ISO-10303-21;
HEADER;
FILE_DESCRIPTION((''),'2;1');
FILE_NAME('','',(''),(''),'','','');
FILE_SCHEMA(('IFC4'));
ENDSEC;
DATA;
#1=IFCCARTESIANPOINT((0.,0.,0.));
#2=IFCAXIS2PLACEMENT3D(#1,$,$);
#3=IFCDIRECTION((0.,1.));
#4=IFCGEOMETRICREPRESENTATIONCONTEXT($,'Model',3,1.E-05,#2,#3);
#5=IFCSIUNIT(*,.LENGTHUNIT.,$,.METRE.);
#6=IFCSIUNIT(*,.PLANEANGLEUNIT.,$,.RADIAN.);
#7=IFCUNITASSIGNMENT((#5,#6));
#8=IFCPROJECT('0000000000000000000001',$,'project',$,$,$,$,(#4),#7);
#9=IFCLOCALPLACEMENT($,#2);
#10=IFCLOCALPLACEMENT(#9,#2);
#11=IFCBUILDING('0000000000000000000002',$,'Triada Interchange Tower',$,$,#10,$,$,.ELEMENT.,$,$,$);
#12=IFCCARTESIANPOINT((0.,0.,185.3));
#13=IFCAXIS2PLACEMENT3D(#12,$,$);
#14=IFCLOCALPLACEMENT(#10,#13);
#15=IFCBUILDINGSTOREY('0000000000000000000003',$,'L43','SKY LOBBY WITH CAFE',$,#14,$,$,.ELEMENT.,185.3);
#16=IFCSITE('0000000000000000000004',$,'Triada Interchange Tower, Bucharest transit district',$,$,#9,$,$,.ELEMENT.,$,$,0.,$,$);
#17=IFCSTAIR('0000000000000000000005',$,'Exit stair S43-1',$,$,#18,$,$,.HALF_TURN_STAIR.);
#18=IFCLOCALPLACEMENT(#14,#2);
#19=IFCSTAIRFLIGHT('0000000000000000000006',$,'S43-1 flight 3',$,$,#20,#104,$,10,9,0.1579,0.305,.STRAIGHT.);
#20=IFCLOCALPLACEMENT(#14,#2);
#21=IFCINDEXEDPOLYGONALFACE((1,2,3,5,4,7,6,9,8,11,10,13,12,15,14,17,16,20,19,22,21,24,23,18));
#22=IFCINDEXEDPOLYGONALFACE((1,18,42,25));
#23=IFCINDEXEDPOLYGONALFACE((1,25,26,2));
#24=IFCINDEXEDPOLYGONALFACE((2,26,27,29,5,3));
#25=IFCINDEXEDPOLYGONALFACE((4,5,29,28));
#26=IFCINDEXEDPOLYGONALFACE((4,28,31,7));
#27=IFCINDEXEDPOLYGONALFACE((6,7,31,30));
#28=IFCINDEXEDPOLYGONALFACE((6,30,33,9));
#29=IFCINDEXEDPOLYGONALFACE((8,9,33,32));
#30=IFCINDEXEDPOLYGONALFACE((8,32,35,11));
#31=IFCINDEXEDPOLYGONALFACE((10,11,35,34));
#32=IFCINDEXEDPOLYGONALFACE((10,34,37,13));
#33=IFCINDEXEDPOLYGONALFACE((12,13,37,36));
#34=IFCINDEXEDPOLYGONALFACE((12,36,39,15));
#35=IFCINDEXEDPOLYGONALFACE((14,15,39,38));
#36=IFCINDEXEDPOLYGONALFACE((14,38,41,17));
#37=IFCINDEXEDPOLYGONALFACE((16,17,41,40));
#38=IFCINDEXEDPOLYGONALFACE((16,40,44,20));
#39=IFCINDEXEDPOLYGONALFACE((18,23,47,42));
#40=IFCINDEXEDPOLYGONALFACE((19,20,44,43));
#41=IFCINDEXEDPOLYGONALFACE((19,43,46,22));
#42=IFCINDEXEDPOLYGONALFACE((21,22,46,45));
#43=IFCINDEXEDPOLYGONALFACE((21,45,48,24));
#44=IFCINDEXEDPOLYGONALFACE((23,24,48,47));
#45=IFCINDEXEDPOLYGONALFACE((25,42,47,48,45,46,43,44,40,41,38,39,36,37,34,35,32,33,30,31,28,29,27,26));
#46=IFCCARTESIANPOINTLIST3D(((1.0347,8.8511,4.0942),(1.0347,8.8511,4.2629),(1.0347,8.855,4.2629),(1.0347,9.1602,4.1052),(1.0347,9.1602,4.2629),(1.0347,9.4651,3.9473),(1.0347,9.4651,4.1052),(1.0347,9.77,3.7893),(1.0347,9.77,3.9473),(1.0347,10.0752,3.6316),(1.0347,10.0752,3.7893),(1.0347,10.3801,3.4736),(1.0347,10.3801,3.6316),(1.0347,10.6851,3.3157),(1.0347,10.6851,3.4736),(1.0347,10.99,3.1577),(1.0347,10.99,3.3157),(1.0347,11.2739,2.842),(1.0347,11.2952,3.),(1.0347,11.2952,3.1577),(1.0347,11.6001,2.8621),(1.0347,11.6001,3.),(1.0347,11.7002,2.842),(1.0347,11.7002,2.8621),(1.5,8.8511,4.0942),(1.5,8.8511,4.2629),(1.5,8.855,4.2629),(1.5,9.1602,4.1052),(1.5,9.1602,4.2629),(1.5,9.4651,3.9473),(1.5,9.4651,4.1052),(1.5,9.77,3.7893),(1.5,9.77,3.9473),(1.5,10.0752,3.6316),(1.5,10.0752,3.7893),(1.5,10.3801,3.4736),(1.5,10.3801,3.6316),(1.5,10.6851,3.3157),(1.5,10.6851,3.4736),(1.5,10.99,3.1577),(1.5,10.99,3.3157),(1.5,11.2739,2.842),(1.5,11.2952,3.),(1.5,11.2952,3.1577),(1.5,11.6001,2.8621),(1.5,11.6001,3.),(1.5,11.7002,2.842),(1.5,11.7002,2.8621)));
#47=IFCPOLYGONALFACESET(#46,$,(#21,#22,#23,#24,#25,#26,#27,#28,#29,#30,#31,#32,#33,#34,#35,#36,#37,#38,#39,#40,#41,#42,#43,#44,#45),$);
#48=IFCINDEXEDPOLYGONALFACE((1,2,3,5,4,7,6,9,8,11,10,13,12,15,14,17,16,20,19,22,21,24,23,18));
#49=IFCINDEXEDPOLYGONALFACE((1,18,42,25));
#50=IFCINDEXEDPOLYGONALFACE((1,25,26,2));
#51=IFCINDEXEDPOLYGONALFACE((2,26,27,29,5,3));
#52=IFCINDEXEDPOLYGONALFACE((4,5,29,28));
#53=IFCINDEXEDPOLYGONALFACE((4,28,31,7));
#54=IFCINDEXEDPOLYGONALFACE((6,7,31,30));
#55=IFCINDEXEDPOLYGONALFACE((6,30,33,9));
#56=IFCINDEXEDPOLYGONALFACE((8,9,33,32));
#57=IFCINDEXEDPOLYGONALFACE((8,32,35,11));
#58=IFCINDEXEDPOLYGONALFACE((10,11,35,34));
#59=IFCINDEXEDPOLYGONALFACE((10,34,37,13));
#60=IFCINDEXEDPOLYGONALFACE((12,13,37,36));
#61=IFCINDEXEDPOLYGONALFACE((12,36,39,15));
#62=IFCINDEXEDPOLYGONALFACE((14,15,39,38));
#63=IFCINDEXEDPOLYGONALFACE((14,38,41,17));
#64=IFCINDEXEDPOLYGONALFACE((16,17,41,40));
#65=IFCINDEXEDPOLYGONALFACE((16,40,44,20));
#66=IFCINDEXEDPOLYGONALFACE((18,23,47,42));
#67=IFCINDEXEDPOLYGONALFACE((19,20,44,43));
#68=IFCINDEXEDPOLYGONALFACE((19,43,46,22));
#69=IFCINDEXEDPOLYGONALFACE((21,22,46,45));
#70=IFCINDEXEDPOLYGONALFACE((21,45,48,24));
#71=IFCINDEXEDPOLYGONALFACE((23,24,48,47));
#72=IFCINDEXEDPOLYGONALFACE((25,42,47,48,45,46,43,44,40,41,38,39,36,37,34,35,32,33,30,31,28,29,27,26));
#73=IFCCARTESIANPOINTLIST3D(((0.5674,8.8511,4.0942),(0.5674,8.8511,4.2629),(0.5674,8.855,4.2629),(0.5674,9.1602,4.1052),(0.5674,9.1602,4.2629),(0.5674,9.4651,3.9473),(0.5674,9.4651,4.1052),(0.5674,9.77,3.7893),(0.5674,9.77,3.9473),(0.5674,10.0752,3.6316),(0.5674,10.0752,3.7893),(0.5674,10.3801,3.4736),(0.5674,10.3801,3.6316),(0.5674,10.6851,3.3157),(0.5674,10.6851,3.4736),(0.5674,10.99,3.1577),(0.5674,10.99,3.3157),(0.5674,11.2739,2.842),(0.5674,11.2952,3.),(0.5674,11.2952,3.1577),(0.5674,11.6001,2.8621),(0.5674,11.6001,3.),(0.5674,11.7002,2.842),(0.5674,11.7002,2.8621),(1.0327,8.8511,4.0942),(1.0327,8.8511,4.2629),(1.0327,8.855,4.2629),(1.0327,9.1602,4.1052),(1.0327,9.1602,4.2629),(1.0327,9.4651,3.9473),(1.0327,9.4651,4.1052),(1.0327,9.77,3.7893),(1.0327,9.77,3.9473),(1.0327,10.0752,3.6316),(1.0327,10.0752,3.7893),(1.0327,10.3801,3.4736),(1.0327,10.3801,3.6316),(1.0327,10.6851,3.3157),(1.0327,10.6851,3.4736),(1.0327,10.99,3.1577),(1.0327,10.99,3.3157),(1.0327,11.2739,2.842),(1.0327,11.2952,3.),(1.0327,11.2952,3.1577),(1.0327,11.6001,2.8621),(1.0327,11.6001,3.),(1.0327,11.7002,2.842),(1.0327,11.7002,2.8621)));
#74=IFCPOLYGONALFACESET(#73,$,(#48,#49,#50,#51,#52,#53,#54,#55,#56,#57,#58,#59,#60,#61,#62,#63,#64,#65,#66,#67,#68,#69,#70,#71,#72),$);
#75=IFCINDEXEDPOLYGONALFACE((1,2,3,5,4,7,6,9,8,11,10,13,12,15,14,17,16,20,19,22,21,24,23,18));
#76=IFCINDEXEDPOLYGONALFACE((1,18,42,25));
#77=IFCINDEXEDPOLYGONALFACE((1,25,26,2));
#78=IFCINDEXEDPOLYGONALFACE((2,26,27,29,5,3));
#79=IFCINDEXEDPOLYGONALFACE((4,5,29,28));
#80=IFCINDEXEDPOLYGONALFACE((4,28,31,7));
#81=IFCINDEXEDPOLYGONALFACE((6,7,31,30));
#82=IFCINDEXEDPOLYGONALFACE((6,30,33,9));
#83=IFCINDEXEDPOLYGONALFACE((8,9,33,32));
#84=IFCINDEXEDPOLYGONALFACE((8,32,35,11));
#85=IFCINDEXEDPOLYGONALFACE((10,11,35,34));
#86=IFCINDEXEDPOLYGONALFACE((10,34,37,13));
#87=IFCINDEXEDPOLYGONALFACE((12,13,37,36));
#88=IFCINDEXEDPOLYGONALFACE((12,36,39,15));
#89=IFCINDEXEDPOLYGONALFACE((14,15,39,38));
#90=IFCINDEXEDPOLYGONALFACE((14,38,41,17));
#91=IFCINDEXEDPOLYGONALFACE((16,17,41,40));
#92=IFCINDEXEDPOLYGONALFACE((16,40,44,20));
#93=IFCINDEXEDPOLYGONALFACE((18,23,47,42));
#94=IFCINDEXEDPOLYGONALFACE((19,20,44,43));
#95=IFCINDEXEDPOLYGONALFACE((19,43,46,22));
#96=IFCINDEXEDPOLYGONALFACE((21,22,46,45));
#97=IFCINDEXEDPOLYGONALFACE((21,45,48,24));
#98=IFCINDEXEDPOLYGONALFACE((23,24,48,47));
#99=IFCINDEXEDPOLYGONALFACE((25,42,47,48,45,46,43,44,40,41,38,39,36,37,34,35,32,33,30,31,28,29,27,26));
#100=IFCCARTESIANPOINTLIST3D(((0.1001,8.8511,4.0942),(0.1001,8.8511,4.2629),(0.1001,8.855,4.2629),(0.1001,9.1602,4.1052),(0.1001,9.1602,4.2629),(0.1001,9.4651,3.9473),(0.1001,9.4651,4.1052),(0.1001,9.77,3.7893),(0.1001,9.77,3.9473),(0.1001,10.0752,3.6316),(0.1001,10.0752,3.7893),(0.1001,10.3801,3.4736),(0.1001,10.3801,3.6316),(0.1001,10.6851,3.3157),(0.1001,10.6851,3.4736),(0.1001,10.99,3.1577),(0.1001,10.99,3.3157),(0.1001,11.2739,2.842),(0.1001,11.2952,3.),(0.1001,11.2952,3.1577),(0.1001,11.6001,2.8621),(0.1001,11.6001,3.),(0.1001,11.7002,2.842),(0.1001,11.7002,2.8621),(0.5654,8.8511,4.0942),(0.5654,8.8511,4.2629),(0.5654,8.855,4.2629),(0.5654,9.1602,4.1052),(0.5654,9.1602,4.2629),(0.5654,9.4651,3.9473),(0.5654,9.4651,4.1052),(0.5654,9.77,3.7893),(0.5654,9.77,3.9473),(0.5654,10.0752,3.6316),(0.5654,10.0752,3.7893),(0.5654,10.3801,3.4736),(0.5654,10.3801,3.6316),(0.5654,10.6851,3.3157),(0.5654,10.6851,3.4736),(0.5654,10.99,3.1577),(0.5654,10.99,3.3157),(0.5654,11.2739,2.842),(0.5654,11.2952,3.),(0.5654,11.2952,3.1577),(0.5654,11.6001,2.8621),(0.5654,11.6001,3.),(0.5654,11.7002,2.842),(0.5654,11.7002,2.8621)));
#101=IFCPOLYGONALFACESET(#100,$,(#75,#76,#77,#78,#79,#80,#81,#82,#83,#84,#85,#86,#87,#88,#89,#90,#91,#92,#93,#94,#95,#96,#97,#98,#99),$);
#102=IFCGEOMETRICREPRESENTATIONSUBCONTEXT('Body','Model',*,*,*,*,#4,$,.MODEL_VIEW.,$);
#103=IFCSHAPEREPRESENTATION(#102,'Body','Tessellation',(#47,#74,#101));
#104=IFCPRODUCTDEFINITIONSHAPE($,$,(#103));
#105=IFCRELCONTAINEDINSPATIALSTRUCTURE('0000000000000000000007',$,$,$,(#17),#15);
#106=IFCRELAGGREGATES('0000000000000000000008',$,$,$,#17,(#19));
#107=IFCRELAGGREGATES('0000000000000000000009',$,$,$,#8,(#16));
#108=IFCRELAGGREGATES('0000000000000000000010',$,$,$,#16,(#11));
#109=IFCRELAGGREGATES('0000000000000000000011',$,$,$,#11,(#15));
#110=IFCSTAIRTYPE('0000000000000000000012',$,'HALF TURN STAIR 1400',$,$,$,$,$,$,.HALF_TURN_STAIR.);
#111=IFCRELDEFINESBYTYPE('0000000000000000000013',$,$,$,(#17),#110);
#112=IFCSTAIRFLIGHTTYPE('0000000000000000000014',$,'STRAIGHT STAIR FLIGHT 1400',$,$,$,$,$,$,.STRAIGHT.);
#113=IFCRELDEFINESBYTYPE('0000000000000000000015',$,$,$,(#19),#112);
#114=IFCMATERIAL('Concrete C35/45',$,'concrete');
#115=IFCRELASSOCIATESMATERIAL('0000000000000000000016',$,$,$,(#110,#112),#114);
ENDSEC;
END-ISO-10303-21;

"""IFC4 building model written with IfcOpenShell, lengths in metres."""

from ifc_helpers import new_model, si_unit, direction, frame, origin, place, context, subcontext, project, spatial, polyline, outline, extrude, material, type_object, element, aggregate, save


model = new_model("IFC4")

# Units and contexts
model_context = context("Model", 3, precision=1e-05, world=origin(), true_north=direction((0.0, 1.0)))
body_context = subcontext(model_context, "Body", "Model", "MODEL_VIEW")
ifc_project = project(units=[si_unit("LENGTHUNIT", "METRE"), si_unit("PLANEANGLEUNIT", "RADIAN")], contexts=[model_context])

# Site, building, storey
site_placement = place(None, origin())
site = spatial("IfcSite", under=ifc_project, at=site_placement, Name="Triada Interchange Tower, Bucharest transit district", CompositionType="ELEMENT", RefElevation=0.0)
building_placement = place(site_placement, origin())
building = spatial("IfcBuilding", under=site, at=building_placement, Name="Triada Interchange Tower", CompositionType="ELEMENT")
storey_placement = place(building_placement, frame((0.0, 0.0, 185.3)))
storey = spatial("IfcBuildingStorey", under=building, at=storey_placement, Name="L43", Description="SKY LOBBY WITH CAFE", CompositionType="ELEMENT", Elevation=185.3)

# Shared definitions
ifc_material_1 = material(Name="Concrete C35/45", Category="concrete")
stair_type = type_object("IfcStairType", Name="HALF TURN STAIR 1400", PredefinedType="HALF_TURN_STAIR", material=ifc_material_1)

# Stair, stair flight
stair_1_placement = place(storey_placement, origin())
stair_1 = element("IfcStair", 1, at=stair_1_placement, inside=storey, type_object=stair_type, Name="Exit stair S43-1", PredefinedType="HALF_TURN_STAIR")
stair_flight_type = type_object("IfcStairFlightType", Name="STRAIGHT STAIR FLIGHT 1400", PredefinedType="STRAIGHT", material=ifc_material_1)
stair_flight_1_placement = place(storey_placement, frame((0.8, 11.6001, 2.842), z_axis=(0.0, 0.0, 1.0), x_axis=(0.0, -1.0, 0.0)))
stair_flight_1 = element("IfcStairFlight", 2, at=stair_flight_1_placement, type_object=stair_flight_type, Name="S43-1 flight 3", NumberOfRisers=10, NumberOfTreads=9, PredefinedType="STRAIGHT", RiserHeight=0.1579, TreadLength=0.305, context=body_context, shape_type="SweptSolid", body=[
    extrude(outline(polyline([(-0.1001, 0.0), (-0.1001, 0.02), (0.0, 0.02), (0.0, 0.158), (0.3049, 0.158), (0.3049, 0.3157), (0.6101, 0.3157), (0.6101, 0.4736), (0.915, 0.4736), (0.915, 0.6316), (1.22, 0.6316), (1.22, 0.7896), (1.5249, 0.7896), (1.5249, 0.9473), (1.8301, 0.9473), (1.8301, 1.1052), (2.135, 1.1052), (2.135, 1.2632), (2.4399, 1.2632), (2.4399, 1.4209), (2.7451, 1.4209), (2.749, 1.4209), (2.749, 1.5789), (2.749, 1.2522), (0.3262, 0.0), (-0.1001, 0.0)])), frame((0.0, 0.7, 0.0), z_axis=(0.0, -1.0, 0.0), x_axis=(1.0, 0.0, 0.0)), (0.0, 0.0, 1.0), 0.4653),
    extrude(outline(polyline([(-0.1001, 0.0), (-0.1001, 0.02), (0.0, 0.02), (0.0, 0.158), (0.3049, 0.158), (0.3049, 0.3157), (0.6101, 0.3157), (0.6101, 0.4736), (0.915, 0.4736), (0.915, 0.6316), (1.22, 0.6316), (1.22, 0.7896), (1.5249, 0.7896), (1.5249, 0.9473), (1.8301, 0.9473), (1.8301, 1.1052), (2.135, 1.1052), (2.135, 1.2632), (2.4399, 1.2632), (2.4399, 1.4209), (2.7451, 1.4209), (2.749, 1.4209), (2.749, 1.5789), (2.749, 1.2522), (0.3262, 0.0), (-0.1001, 0.0)])), frame((0.0, 0.2327, 0.0), z_axis=(0.0, -1.0, 0.0), x_axis=(1.0, 0.0, 0.0)), (0.0, 0.0, 1.0), 0.4653),
    extrude(outline(polyline([(-0.1001, 0.0), (-0.1001, 0.02), (0.0, 0.02), (0.0, 0.158), (0.3049, 0.158), (0.3049, 0.3157), (0.6101, 0.3157), (0.6101, 0.4736), (0.915, 0.4736), (0.915, 0.6316), (1.22, 0.6316), (1.22, 0.7896), (1.5249, 0.7896), (1.5249, 0.9473), (1.8301, 0.9473), (1.8301, 1.1052), (2.135, 1.1052), (2.135, 1.2632), (2.4399, 1.2632), (2.4399, 1.4209), (2.7451, 1.4209), (2.749, 1.4209), (2.749, 1.5789), (2.749, 1.2522), (0.3262, 0.0), (-0.1001, 0.0)])), frame((0.0, -0.2346, 0.0), z_axis=(0.0, -1.0, 0.0), x_axis=(1.0, 0.0, 0.0)), (0.0, 0.0, 1.0), 0.4653),
])
aggregate(stair_1, [stair_flight_1])

save(model, "model.ifc")
